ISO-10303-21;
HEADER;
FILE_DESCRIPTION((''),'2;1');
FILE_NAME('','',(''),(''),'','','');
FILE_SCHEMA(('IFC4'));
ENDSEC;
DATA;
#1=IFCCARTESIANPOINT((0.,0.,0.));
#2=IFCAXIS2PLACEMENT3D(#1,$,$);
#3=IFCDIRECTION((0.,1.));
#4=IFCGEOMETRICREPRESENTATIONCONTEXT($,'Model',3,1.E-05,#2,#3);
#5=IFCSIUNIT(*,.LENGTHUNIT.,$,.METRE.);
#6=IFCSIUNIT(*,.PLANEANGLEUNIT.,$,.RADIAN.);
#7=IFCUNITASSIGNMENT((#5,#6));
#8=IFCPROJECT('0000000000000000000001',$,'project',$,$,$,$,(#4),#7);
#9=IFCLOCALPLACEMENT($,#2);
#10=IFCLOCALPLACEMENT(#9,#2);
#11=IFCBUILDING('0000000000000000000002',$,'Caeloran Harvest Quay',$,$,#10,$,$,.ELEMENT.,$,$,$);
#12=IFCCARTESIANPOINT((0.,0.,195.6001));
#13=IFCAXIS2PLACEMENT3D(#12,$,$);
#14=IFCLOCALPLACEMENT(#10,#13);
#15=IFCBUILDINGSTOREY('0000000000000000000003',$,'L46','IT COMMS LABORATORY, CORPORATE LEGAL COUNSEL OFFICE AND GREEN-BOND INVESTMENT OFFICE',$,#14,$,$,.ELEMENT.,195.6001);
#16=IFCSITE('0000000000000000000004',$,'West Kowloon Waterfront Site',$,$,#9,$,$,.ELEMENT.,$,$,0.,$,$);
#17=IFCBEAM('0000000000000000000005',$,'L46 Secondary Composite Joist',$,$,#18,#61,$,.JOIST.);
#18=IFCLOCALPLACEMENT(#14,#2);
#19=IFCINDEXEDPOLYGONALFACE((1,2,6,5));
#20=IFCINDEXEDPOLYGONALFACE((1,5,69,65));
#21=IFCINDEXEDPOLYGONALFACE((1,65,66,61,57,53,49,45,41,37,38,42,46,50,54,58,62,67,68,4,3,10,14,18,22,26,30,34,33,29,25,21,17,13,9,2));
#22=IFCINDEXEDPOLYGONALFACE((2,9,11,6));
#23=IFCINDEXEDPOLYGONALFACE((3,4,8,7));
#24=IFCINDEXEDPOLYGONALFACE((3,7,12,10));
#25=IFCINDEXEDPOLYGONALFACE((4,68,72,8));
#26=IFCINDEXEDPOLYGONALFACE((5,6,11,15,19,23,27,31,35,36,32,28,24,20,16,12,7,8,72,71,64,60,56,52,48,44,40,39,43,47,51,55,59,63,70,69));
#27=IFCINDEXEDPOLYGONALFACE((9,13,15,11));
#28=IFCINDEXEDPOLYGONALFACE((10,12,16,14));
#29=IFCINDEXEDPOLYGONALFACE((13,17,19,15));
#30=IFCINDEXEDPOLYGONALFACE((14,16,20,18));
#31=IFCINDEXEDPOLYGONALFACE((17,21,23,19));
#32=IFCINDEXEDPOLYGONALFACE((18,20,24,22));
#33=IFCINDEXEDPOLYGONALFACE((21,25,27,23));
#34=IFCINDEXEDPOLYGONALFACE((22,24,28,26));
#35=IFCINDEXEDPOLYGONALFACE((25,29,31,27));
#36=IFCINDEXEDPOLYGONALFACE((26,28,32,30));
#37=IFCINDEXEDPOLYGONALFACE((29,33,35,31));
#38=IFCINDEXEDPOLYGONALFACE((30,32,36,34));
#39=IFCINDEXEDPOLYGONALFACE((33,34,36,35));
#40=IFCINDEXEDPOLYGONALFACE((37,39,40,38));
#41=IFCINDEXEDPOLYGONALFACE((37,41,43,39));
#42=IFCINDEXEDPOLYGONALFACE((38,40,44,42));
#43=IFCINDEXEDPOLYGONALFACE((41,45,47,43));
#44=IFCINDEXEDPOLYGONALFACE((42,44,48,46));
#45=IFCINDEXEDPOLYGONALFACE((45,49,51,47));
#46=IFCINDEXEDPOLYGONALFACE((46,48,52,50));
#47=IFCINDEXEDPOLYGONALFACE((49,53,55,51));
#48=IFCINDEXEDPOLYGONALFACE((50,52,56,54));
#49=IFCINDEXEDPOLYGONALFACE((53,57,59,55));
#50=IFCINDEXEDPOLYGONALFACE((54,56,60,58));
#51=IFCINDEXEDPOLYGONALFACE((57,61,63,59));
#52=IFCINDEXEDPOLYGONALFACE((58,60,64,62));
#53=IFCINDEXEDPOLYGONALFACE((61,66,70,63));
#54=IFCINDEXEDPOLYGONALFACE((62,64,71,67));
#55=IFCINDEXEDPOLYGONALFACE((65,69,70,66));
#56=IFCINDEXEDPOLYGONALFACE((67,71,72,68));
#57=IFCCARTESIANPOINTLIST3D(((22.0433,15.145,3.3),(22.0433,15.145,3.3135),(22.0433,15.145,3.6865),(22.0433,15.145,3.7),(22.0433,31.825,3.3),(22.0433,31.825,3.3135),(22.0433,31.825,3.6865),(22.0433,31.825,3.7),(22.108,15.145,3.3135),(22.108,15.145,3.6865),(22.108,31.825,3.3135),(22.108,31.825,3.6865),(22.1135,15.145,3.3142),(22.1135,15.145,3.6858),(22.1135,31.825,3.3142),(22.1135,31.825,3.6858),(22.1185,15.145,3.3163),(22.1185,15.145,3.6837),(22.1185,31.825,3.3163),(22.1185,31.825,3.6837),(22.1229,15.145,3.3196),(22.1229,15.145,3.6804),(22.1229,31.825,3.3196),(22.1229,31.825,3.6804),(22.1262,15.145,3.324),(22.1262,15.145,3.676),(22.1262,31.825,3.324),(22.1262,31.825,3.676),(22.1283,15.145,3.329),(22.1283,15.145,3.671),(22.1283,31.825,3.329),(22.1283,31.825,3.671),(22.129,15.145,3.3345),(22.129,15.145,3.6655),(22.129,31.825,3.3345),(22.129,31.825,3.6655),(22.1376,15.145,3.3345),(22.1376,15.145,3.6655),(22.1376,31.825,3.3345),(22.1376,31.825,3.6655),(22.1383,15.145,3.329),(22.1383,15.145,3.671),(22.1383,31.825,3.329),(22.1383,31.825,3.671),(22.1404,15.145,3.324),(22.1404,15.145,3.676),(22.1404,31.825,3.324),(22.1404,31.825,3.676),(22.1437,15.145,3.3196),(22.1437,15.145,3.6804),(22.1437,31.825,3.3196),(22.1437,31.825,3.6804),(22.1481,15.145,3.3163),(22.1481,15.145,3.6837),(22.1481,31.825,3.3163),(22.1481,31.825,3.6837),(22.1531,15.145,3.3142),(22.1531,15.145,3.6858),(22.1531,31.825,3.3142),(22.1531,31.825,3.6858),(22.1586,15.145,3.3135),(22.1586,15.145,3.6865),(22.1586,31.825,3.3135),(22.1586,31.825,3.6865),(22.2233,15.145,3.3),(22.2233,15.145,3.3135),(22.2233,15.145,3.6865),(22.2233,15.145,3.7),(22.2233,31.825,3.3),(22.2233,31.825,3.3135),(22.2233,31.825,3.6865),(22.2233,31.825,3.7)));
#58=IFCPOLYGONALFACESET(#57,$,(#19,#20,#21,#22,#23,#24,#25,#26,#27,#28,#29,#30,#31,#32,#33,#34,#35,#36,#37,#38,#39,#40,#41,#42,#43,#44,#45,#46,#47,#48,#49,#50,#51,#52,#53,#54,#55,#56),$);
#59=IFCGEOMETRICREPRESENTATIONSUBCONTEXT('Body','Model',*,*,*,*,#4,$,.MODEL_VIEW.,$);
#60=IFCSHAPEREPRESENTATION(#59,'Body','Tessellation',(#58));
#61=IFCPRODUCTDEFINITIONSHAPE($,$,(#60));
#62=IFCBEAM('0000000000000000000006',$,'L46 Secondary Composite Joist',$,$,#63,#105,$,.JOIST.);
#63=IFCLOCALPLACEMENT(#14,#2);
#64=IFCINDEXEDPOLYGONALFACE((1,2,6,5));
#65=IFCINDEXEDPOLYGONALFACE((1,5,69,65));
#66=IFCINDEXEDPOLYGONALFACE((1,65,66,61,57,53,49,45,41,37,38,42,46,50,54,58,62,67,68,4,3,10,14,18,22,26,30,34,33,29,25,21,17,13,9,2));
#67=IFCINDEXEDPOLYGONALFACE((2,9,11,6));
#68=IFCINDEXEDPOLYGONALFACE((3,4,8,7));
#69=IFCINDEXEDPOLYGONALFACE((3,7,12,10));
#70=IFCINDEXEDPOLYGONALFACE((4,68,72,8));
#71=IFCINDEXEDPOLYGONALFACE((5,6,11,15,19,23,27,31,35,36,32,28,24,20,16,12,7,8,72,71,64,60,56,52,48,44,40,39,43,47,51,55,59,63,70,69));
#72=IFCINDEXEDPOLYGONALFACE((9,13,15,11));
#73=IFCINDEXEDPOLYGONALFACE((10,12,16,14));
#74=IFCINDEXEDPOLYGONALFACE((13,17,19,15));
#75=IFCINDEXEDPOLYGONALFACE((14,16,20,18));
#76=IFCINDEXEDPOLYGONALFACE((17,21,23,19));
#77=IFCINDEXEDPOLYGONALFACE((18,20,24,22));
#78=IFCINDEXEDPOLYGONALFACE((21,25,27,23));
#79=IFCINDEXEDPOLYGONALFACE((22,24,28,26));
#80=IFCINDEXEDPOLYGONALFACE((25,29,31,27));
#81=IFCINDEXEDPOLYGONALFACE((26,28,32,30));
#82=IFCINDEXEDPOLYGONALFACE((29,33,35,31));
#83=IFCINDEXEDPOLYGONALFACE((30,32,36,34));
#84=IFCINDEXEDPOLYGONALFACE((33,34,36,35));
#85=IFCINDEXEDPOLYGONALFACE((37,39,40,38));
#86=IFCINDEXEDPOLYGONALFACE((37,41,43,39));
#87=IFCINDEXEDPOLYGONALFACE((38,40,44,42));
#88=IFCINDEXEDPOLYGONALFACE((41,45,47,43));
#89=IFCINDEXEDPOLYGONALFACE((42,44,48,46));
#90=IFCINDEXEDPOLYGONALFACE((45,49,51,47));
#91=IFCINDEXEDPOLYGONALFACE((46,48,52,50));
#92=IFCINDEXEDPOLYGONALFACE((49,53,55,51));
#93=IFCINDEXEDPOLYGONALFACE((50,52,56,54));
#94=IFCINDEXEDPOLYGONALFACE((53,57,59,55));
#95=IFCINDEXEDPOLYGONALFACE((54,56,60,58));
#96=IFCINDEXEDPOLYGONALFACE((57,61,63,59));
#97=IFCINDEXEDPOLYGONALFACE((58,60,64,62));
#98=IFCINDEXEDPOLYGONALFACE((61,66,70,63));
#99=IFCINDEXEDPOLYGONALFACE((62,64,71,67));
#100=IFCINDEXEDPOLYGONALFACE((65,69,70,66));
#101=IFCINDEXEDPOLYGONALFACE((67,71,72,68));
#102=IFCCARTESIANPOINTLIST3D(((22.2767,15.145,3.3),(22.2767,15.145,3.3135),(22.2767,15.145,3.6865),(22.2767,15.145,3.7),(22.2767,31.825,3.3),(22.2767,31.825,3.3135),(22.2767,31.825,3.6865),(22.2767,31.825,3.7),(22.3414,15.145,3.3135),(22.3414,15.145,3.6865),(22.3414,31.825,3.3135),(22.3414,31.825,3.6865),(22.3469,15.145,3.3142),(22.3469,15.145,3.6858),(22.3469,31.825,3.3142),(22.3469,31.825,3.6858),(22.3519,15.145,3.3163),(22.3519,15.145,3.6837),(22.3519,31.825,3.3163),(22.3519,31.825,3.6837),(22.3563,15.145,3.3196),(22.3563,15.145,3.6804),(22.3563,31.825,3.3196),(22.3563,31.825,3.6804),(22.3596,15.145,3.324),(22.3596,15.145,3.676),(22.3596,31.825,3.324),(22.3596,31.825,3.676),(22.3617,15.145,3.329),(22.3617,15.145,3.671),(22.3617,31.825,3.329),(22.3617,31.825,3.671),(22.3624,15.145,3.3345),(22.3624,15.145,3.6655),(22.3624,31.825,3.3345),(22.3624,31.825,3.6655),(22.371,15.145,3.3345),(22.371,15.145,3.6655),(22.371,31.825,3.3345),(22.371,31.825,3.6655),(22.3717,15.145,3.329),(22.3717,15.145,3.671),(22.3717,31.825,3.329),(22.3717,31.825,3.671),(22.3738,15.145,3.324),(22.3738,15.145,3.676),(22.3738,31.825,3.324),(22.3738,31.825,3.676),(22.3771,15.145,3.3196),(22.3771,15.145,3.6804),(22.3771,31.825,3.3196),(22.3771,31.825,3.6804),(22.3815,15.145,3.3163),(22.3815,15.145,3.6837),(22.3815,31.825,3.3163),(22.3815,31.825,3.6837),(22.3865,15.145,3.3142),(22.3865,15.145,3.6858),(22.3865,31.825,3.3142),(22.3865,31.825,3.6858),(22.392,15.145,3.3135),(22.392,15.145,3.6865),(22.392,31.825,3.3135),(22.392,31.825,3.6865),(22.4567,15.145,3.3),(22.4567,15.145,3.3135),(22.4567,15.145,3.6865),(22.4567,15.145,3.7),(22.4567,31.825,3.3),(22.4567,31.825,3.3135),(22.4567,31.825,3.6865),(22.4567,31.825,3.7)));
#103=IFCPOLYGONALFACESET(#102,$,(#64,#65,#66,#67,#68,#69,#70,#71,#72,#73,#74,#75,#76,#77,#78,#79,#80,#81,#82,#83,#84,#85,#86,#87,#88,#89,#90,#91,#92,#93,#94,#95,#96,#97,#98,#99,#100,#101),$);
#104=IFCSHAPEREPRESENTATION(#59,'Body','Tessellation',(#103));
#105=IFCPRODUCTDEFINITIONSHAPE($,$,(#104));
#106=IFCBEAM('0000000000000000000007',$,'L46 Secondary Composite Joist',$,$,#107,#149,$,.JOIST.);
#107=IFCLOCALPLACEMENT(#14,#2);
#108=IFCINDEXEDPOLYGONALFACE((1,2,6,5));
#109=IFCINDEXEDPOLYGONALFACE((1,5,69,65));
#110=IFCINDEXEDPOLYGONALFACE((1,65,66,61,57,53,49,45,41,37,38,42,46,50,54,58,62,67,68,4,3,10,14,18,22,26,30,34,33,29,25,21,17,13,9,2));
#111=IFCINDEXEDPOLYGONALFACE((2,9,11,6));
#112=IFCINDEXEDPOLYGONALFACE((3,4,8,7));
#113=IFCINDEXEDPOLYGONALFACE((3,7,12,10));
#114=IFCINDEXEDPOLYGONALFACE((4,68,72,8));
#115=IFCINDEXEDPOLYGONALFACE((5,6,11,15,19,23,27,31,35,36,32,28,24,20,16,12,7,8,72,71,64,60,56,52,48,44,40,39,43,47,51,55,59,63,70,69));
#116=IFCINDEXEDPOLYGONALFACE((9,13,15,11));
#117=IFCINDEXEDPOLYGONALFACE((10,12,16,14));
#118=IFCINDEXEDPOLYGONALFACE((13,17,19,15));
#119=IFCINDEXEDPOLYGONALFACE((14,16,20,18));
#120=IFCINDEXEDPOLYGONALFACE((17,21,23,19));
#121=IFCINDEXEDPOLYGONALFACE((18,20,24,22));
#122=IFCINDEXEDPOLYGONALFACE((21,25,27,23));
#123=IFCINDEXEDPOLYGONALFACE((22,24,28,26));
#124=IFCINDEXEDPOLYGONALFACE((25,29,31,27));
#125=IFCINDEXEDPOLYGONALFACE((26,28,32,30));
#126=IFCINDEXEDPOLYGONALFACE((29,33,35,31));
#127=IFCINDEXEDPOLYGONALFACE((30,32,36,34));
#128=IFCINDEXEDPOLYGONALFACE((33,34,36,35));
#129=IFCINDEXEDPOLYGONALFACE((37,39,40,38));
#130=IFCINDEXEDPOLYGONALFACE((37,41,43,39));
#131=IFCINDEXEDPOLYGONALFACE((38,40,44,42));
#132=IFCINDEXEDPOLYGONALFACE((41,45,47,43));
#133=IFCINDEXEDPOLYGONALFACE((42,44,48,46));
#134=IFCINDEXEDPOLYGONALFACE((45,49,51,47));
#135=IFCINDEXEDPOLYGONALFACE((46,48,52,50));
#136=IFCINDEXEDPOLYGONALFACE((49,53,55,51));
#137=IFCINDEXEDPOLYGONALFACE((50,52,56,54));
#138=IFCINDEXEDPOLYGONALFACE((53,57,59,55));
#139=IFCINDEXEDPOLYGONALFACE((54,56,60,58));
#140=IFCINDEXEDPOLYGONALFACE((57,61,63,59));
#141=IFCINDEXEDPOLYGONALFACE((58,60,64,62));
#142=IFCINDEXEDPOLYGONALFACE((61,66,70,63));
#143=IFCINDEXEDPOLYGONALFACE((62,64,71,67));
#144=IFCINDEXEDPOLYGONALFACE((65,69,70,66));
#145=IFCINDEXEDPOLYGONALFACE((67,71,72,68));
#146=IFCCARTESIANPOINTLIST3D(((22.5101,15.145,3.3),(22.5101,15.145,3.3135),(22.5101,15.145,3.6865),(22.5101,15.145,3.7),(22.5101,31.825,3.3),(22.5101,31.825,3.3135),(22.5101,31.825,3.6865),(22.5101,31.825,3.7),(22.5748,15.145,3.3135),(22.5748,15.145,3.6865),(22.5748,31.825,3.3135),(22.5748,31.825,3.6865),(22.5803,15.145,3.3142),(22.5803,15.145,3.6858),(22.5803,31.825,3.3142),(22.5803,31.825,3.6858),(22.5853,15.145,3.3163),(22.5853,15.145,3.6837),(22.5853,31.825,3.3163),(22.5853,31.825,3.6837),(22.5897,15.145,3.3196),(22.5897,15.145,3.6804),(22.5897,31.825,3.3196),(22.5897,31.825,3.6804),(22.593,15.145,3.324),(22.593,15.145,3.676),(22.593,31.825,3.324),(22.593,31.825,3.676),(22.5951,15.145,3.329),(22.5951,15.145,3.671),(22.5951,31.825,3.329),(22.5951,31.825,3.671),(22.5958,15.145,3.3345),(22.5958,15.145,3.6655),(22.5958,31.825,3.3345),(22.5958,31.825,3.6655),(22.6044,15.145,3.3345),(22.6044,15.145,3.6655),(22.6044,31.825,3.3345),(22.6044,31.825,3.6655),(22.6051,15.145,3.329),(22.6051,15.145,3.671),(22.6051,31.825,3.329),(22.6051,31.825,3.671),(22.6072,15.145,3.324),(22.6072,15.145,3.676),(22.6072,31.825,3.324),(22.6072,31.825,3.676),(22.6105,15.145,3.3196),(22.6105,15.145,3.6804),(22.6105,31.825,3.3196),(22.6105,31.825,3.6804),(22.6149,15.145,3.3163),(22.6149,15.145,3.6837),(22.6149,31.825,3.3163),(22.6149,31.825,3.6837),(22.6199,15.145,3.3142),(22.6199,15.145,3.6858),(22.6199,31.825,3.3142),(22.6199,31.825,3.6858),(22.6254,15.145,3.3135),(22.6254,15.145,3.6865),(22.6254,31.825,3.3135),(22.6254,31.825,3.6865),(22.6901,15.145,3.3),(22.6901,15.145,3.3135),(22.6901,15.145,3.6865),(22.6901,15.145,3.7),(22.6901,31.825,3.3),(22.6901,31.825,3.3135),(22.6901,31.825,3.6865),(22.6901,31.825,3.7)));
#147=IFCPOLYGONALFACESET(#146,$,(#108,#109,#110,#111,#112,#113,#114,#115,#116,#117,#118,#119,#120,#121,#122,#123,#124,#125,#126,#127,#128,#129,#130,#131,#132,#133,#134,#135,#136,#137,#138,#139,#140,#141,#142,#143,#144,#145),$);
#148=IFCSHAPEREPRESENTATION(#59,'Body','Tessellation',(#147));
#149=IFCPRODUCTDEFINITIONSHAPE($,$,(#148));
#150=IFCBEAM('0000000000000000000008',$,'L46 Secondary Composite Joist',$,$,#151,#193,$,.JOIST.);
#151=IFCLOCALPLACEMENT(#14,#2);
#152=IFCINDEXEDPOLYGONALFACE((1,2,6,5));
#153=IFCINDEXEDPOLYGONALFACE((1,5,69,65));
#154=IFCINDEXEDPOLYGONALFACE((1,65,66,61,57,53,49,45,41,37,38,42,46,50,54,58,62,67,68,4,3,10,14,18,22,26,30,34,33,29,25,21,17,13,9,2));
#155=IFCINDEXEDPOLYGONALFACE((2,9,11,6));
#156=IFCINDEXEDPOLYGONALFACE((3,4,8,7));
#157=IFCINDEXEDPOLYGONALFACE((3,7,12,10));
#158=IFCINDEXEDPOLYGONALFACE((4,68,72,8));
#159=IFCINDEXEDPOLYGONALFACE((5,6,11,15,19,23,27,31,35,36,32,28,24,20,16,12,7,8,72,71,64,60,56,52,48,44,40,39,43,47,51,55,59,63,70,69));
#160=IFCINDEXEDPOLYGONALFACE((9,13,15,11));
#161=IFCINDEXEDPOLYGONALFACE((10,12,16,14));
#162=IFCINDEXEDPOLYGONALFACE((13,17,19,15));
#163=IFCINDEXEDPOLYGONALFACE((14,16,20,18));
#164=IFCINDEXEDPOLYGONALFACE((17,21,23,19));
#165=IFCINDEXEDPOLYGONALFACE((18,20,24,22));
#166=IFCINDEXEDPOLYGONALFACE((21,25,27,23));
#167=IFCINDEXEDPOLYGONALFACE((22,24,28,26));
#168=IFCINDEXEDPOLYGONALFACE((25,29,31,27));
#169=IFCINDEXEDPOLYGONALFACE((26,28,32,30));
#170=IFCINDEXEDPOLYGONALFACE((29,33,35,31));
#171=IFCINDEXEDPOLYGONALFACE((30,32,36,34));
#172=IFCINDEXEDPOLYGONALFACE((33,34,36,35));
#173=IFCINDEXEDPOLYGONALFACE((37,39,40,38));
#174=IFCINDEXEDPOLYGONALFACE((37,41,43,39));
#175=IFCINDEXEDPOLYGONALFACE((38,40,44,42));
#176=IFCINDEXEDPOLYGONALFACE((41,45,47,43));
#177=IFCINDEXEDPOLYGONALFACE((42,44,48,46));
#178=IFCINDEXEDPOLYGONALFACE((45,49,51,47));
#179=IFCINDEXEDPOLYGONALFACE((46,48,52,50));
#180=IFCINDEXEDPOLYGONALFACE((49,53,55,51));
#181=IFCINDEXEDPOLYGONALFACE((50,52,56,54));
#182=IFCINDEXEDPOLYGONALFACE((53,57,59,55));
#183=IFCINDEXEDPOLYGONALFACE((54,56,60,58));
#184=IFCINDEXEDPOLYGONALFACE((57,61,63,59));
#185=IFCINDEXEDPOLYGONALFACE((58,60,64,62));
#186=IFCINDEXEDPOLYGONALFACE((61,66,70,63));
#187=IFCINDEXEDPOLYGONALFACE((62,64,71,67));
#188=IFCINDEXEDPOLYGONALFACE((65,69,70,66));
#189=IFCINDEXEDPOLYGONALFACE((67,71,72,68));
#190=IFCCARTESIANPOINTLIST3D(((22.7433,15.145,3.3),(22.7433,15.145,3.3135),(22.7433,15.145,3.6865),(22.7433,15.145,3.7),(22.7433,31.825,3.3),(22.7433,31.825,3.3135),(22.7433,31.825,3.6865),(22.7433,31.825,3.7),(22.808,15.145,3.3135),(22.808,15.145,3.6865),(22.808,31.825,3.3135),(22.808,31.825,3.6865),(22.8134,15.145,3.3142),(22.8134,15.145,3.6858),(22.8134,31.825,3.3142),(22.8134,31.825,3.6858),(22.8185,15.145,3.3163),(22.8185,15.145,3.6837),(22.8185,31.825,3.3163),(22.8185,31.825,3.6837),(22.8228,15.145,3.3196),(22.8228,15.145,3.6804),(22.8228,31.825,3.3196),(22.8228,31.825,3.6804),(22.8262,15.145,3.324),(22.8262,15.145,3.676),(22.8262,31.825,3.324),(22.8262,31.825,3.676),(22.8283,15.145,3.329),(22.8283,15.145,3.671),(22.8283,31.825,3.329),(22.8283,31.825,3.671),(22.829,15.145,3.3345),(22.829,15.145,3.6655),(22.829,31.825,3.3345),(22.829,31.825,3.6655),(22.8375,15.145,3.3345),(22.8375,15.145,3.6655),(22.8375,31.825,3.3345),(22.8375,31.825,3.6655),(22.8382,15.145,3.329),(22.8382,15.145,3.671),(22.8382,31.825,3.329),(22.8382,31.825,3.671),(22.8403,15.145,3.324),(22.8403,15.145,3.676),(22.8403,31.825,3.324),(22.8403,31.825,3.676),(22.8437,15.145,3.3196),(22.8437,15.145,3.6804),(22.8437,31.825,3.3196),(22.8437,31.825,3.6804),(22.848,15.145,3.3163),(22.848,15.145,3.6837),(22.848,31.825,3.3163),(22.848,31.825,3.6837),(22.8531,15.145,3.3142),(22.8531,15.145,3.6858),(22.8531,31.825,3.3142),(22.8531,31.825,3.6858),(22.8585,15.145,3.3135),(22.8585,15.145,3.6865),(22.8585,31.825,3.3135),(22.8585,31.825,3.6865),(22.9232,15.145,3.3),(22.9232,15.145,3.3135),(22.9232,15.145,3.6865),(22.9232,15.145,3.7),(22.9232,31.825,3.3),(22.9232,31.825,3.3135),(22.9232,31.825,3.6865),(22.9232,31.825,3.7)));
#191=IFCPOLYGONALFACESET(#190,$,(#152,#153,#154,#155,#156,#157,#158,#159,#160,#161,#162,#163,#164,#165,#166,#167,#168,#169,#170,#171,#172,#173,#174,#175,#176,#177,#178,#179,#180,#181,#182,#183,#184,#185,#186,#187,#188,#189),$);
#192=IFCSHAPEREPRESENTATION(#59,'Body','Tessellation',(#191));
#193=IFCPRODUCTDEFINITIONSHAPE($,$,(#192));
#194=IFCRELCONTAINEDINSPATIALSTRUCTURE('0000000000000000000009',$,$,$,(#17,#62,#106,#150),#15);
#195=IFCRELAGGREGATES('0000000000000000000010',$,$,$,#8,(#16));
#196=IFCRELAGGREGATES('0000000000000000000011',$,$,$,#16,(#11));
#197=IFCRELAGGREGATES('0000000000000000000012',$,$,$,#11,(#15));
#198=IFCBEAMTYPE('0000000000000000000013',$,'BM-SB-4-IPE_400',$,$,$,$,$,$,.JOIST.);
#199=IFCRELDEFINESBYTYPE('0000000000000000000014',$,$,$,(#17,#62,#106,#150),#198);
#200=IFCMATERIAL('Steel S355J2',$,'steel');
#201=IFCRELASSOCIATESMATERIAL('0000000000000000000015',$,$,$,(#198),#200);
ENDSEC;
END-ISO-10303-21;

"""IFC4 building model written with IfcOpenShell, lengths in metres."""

from ifc_helpers import new_model, si_unit, direction, frame, origin, origin_2d, place, context, subcontext, project, spatial, i_section, extrude, material, material_profile, profile_set, type_object, element, save


model = new_model("IFC4")

# Units and contexts
model_context = context("Model", 3, precision=1e-05, world=origin(), true_north=direction((0.0, 1.0)))
body_context = subcontext(model_context, "Body", "Model", "MODEL_VIEW")
ifc_project = project(units=[si_unit("LENGTHUNIT", "METRE"), si_unit("PLANEANGLEUNIT", "RADIAN")], contexts=[model_context])

# Site, building, storey
site_placement = place(None, origin())
site = spatial("IfcSite", under=ifc_project, at=site_placement, Name="West Kowloon Waterfront Site", CompositionType="ELEMENT", RefElevation=0.0)
building_placement = place(site_placement, origin())
building = spatial("IfcBuilding", under=site, at=building_placement, Name="Caeloran Harvest Quay", CompositionType="ELEMENT")
storey_placement = place(building_placement, frame((0.0, 0.0, 195.6001)))
storey = spatial("IfcBuildingStorey", under=building, at=storey_placement, Name="L46", Description="IT COMMS LABORATORY, CORPORATE LEGAL COUNSEL OFFICE AND GREEN-BOND INVESTMENT OFFICE", CompositionType="ELEMENT", Elevation=195.6001)

# Beams
ifc_material_1 = material(Name="Steel S355J2", Category="steel")
ifc_material_profile_1 = material_profile(ifc_material_1, i_section(OverallWidth=0.1799, OverallDepth=0.3999, WebThickness=0.0085, FlangeThickness=0.0134, FilletRadius=0.021, at=origin_2d()), Name="IPE 400")
ifc_profile_set_1 = profile_set([ifc_material_profile_1], Name="Steel S355J2")
beam_type_1 = type_object("IfcBeamType", Name="BM-SB-4-IPE_400", PredefinedType="JOIST", material=ifc_profile_set_1)
for number, where, z_axis, x_axis, name in (
    (1, (22.1333, 15.145, 3.5), (0.0, 1.0, 0.0), (-1.0, 0.0, 0.0), "L46 Secondary Composite Joist"),
    (2, (22.3667, 15.145, 3.5), (0.0, 1.0, 0.0), (-1.0, 0.0, 0.0), "L46 Secondary Composite Joist"),
    (3, (22.6001, 15.145, 3.5), (0.0, 1.0, 0.0), (-1.0, 0.0, 0.0), "L46 Secondary Composite Joist"),
    (4, (22.8333, 15.145, 3.5), (0.0, 1.0, 0.0), (-1.0, 0.0, 0.0), "L46 Secondary Composite Joist"),
):
    element("IfcBeam", number, at=place(storey_placement, frame(where, z_axis=z_axis, x_axis=x_axis)), inside=storey, type_object=beam_type_1, Name=name, PredefinedType="JOIST", context=body_context, shape_type="SweptSolid", body=[
        extrude(i_section(OverallWidth=0.1799, OverallDepth=0.3999, WebThickness=0.0085, FlangeThickness=0.0134, FilletRadius=0.021, at=origin_2d()), origin(), (0.0, 0.0, 1.0), 16.6799),
    ])

save(model, "model.ifc")
